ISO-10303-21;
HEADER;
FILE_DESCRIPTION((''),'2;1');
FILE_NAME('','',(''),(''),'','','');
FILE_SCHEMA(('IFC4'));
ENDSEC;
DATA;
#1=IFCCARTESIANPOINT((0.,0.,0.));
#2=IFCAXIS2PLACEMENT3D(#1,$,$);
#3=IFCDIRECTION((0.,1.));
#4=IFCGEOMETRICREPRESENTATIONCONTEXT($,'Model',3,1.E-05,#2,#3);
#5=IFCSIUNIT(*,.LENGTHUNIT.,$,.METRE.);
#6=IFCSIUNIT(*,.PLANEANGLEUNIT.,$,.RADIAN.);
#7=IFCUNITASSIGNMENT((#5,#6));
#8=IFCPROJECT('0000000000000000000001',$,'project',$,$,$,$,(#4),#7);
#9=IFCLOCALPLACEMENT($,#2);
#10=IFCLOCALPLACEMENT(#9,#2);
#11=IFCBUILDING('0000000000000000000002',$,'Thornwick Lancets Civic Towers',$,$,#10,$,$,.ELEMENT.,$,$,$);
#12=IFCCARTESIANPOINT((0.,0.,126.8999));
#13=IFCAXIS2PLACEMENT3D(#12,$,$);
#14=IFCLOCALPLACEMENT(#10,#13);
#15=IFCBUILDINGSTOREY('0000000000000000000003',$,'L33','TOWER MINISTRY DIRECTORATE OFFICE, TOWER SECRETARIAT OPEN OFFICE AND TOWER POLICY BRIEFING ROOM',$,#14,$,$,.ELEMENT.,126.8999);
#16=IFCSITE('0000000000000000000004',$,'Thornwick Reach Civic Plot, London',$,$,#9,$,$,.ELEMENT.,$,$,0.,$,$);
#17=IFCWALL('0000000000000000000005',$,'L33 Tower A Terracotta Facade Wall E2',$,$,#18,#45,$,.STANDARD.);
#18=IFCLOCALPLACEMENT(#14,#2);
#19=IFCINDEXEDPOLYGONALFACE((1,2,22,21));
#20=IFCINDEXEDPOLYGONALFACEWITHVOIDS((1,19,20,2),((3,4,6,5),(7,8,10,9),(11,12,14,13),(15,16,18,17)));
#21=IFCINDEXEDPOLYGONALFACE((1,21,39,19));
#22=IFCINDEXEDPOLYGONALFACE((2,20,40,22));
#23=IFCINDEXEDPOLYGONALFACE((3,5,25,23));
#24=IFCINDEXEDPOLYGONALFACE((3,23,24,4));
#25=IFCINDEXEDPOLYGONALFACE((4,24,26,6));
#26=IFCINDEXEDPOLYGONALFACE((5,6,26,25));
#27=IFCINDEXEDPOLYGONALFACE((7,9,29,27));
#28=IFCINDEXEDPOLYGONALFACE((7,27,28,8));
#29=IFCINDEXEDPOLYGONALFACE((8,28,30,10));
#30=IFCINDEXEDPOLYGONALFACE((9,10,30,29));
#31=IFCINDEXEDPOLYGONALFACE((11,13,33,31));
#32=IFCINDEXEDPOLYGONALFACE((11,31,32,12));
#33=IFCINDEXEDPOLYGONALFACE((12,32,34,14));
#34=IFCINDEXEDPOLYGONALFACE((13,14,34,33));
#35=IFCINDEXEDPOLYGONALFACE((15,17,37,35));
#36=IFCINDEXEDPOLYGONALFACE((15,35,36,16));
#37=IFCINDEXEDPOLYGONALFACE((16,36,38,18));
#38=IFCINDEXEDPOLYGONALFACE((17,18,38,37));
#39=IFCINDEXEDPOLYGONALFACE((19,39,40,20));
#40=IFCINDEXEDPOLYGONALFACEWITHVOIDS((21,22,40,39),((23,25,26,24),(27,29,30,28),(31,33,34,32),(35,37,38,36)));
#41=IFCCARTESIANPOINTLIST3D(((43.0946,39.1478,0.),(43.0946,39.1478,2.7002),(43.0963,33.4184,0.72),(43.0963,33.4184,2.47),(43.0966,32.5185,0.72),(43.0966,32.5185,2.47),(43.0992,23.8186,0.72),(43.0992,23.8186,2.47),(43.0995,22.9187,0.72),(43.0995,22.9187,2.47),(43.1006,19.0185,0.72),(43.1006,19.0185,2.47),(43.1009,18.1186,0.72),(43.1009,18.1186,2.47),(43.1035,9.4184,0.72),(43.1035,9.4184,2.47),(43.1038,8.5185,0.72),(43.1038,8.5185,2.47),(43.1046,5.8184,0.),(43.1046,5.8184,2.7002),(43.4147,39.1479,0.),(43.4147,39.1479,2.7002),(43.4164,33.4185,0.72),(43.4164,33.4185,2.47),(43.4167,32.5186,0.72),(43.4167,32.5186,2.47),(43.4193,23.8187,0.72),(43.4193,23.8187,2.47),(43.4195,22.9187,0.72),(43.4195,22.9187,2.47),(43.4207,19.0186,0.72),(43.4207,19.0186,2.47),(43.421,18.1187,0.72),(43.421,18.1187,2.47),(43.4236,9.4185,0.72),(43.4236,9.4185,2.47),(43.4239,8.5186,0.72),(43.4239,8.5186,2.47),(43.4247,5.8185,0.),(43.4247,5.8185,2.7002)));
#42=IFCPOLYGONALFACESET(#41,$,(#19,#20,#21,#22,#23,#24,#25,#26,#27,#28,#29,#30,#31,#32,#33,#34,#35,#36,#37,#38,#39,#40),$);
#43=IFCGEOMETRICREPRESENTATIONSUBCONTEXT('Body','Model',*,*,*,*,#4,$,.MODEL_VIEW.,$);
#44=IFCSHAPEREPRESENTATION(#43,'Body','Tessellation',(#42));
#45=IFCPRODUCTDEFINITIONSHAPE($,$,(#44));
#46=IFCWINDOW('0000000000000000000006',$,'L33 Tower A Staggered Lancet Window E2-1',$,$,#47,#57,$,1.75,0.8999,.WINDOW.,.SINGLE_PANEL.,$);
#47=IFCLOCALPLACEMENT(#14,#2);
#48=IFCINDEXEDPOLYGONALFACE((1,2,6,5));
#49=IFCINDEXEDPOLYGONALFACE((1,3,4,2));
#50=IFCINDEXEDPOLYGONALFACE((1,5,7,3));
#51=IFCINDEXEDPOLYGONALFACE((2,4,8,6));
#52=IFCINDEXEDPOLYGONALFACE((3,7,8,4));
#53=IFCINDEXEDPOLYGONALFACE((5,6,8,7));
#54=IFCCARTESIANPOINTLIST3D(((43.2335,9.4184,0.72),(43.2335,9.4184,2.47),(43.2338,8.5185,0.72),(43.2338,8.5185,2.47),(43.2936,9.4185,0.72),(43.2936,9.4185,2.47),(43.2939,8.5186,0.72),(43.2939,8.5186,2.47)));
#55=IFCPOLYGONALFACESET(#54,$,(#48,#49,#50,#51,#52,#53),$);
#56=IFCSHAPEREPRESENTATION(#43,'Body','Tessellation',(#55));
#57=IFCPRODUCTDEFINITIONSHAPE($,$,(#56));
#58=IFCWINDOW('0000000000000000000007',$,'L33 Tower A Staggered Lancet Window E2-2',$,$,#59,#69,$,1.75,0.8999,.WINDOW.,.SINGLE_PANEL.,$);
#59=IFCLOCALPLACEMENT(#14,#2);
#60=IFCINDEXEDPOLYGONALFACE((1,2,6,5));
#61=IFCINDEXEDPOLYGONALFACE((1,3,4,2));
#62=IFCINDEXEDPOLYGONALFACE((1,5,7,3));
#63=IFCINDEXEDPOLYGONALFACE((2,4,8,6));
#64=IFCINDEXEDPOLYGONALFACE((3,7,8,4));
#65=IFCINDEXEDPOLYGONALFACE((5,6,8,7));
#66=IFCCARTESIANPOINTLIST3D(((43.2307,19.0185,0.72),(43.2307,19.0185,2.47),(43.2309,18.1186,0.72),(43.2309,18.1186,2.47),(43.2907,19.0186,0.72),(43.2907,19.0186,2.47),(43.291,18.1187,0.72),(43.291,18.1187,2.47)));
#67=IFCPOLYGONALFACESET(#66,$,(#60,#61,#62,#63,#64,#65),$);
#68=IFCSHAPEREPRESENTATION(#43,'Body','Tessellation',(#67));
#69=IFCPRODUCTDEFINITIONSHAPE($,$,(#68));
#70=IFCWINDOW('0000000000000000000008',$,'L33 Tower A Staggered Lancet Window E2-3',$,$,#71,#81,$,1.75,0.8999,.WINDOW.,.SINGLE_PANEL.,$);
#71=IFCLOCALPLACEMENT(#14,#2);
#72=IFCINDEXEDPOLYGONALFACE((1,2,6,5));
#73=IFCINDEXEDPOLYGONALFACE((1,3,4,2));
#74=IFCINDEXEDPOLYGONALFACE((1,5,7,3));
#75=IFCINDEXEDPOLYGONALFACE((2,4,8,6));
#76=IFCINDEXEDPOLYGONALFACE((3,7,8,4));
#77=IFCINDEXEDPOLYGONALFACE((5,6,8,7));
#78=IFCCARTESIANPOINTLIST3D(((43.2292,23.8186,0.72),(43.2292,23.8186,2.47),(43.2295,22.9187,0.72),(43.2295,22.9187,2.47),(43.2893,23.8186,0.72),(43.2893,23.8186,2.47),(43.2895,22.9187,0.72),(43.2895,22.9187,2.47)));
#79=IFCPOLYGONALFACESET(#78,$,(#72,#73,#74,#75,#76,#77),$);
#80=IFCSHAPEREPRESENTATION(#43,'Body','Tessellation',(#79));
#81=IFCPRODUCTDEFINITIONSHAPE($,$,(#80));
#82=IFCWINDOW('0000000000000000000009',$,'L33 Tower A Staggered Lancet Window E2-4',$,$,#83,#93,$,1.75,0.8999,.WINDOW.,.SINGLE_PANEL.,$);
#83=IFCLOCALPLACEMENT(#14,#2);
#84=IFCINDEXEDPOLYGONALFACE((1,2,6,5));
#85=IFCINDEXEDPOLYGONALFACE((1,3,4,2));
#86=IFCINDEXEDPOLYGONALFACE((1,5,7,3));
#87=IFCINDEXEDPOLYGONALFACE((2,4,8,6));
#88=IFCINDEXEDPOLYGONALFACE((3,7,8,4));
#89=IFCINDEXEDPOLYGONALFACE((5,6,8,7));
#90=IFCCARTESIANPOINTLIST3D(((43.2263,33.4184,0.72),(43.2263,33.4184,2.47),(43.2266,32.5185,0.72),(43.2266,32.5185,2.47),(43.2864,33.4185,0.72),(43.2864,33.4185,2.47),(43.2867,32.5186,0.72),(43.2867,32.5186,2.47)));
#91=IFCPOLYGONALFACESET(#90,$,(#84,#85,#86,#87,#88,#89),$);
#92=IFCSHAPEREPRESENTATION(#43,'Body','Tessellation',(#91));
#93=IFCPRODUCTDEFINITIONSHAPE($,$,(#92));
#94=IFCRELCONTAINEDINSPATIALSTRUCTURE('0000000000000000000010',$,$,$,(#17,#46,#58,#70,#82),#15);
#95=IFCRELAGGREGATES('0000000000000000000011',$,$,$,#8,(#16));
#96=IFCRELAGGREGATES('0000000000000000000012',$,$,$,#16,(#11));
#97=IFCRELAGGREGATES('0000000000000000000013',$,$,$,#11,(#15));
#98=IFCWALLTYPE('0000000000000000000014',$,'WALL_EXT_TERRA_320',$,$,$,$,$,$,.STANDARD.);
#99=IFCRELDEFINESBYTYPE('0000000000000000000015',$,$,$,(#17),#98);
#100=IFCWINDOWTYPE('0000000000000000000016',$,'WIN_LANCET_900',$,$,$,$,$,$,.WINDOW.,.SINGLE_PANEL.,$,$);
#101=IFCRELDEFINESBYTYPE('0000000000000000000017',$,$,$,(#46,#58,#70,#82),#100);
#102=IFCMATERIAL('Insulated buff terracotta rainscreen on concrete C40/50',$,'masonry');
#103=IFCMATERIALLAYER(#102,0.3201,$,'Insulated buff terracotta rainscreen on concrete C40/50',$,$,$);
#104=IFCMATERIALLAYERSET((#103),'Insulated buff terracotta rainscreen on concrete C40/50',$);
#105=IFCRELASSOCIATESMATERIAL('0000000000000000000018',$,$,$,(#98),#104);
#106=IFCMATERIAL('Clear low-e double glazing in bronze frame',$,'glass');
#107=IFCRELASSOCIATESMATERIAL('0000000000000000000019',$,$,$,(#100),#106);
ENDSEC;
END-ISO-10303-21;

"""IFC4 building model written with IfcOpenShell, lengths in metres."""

from ifc_helpers import new_model, si_unit, direction, frame, frame_2d, origin, place, context, subcontext, project, spatial, rectangle, extrude, material, layer, layer_set, type_object, element, fill, save


model = new_model("IFC4")

# Units and contexts
model_context = context("Model", 3, precision=1e-05, world=origin(), true_north=direction((0.0, 1.0)))
body_context = subcontext(model_context, "Body", "Model", "MODEL_VIEW")
ifc_project = project(units=[si_unit("LENGTHUNIT", "METRE"), si_unit("PLANEANGLEUNIT", "RADIAN")], contexts=[model_context])

# Site, building, storey
site_placement = place(None, origin())
site = spatial("IfcSite", under=ifc_project, at=site_placement, Name="Thornwick Reach Civic Plot, London", CompositionType="ELEMENT", RefElevation=0.0)
building_placement = place(site_placement, origin())
building = spatial("IfcBuilding", under=site, at=building_placement, Name="Thornwick Lancets Civic Towers", CompositionType="ELEMENT")
storey_placement = place(building_placement, frame((0.0, 0.0, 126.8999)))
storey = spatial("IfcBuildingStorey", under=building, at=storey_placement, Name="L33", Description="TOWER MINISTRY DIRECTORATE OFFICE, TOWER SECRETARIAT OPEN OFFICE AND TOWER POLICY BRIEFING ROOM", CompositionType="ELEMENT", Elevation=126.8999)

# Wall, openings, windows
ifc_material_1 = material(Name="Insulated buff terracotta rainscreen on concrete C40/50", Category="masonry")
ifc_layer_1 = layer(ifc_material_1, 0.3201, Name="Insulated buff terracotta rainscreen on concrete C40/50")
ifc_layer_set_1 = layer_set([ifc_layer_1], Name="Insulated buff terracotta rainscreen on concrete C40/50")
wall_type_1 = type_object("IfcWallType", Name="WALL_EXT_TERRA_320", PredefinedType="STANDARD", material=ifc_layer_set_1)
wall_1_placement = place(storey_placement, frame((43.2646, 5.8186, 0.0), z_axis=(0.0, 0.0, 1.0), x_axis=(-0.0003, 1.0, 0.0)))
wall_1 = element("IfcWall", 1, at=wall_1_placement, inside=storey, type_object=wall_type_1, Name="L33 Tower A Terracotta Facade Wall E2", PredefinedType="STANDARD", context=body_context, shape_type="SweptSolid", body=[
    extrude(rectangle(XDim=33.3293, YDim=0.3201, at=frame_2d((16.6646, 0.0))), origin(), (0.0, 0.0, 1.0), 2.7002),
])
opening_1_placement = place(wall_1_placement, frame((2.7, 0.0, 0.72)))
opening_1 = element("IfcOpeningElement", 2, at=opening_1_placement, cuts=wall_1, PredefinedType="OPENING", context=body_context, shape_type="SweptSolid", body=[
    extrude(rectangle(XDim=0.8999, YDim=1.75, at=frame_2d((0.45, 0.875))), frame((0.0, 0.1699, 0.0), z_axis=(0.0, -1.0, 0.0), x_axis=(1.0, 0.0, 0.0)), (0.0, 0.0, 1.0), 0.3401),
])
opening_2_placement = place(wall_1_placement, frame((12.3, 0.0, 0.72)))
opening_2 = element("IfcOpeningElement", 3, at=opening_2_placement, cuts=wall_1, PredefinedType="OPENING", context=body_context, shape_type="SweptSolid", body=[
    extrude(rectangle(XDim=0.8999, YDim=1.75, at=frame_2d((0.45, 0.875))), frame((0.0, 0.1699, 0.0), z_axis=(0.0, -1.0, 0.0), x_axis=(1.0, 0.0, 0.0)), (0.0, 0.0, 1.0), 0.3401),
])
opening_3_placement = place(wall_1_placement, frame((17.1001, 0.0, 0.72)))
opening_3 = element("IfcOpeningElement", 4, at=opening_3_placement, cuts=wall_1, PredefinedType="OPENING", context=body_context, shape_type="SweptSolid", body=[
    extrude(rectangle(XDim=0.8999, YDim=1.75, at=frame_2d((0.45, 0.875))), frame((0.0, 0.1699, 0.0), z_axis=(0.0, -1.0, 0.0), x_axis=(1.0, 0.0, 0.0)), (0.0, 0.0, 1.0), 0.3401),
])
opening_4_placement = place(wall_1_placement, frame((26.7, 0.0, 0.72)))
opening_4 = element("IfcOpeningElement", 5, at=opening_4_placement, cuts=wall_1, PredefinedType="OPENING", context=body_context, shape_type="SweptSolid", body=[
    extrude(rectangle(XDim=0.8999, YDim=1.75, at=frame_2d((0.45, 0.875))), frame((0.0, 0.1699, 0.0), z_axis=(0.0, -1.0, 0.0), x_axis=(1.0, 0.0, 0.0)), (0.0, 0.0, 1.0), 0.3401),
])
ifc_material_2 = material(Name="Clear low-e double glazing in bronze frame", Category="glass")
window_type = type_object("IfcWindowType", Name="WIN_LANCET_900", PartitioningType="SINGLE_PANEL", PredefinedType="WINDOW", material=ifc_material_2)
window_1_placement = place(opening_1_placement, origin())
window_1 = element("IfcWindow", 6, at=window_1_placement, inside=storey, type_object=window_type, Name="L33 Tower A Staggered Lancet Window E2-1", OverallHeight=1.75, OverallWidth=0.8999, PartitioningType="SINGLE_PANEL", PredefinedType="WINDOW", context=body_context, shape_type="SweptSolid", body=[
    extrude(rectangle(XDim=0.8999, YDim=1.75, at=frame_2d((0.45, 0.875))), frame((0.0, 0.03, 0.0), z_axis=(0.0, -1.0, 0.0), x_axis=(1.0, 0.0, 0.0)), (0.0, 0.0, 1.0), 0.0601),
])
fill(opening_1, window_1)
window_2_placement = place(opening_2_placement, origin())
window_2 = element("IfcWindow", 7, at=window_2_placement, inside=storey, type_object=window_type, Name="L33 Tower A Staggered Lancet Window E2-2", OverallHeight=1.75, OverallWidth=0.8999, PartitioningType="SINGLE_PANEL", PredefinedType="WINDOW", context=body_context, shape_type="SweptSolid", body=[
    extrude(rectangle(XDim=0.8999, YDim=1.75, at=frame_2d((0.45, 0.875))), frame((0.0, 0.03, 0.0), z_axis=(0.0, -1.0, 0.0), x_axis=(1.0, 0.0, 0.0)), (0.0, 0.0, 1.0), 0.0601),
])
fill(opening_2, window_2)
window_3_placement = place(opening_3_placement, origin())
window_3 = element("IfcWindow", 8, at=window_3_placement, inside=storey, type_object=window_type, Name="L33 Tower A Staggered Lancet Window E2-3", OverallHeight=1.75, OverallWidth=0.8999, PartitioningType="SINGLE_PANEL", PredefinedType="WINDOW", context=body_context, shape_type="SweptSolid", body=[
    extrude(rectangle(XDim=0.8999, YDim=1.75, at=frame_2d((0.45, 0.875))), frame((0.0, 0.03, 0.0), z_axis=(0.0, -1.0, 0.0), x_axis=(1.0, 0.0, 0.0)), (0.0, 0.0, 1.0), 0.0601),
])
fill(opening_3, window_3)
window_4_placement = place(opening_4_placement, origin())
window_4 = element("IfcWindow", 9, at=window_4_placement, inside=storey, type_object=window_type, Name="L33 Tower A Staggered Lancet Window E2-4", OverallHeight=1.75, OverallWidth=0.8999, PartitioningType="SINGLE_PANEL", PredefinedType="WINDOW", context=body_context, shape_type="SweptSolid", body=[
    extrude(rectangle(XDim=0.8999, YDim=1.75, at=frame_2d((0.45, 0.875))), frame((0.0, 0.03, 0.0), z_axis=(0.0, -1.0, 0.0), x_axis=(1.0, 0.0, 0.0)), (0.0, 0.0, 1.0), 0.0601),
])
fill(opening_4, window_4)

save(model, "model.ifc")
